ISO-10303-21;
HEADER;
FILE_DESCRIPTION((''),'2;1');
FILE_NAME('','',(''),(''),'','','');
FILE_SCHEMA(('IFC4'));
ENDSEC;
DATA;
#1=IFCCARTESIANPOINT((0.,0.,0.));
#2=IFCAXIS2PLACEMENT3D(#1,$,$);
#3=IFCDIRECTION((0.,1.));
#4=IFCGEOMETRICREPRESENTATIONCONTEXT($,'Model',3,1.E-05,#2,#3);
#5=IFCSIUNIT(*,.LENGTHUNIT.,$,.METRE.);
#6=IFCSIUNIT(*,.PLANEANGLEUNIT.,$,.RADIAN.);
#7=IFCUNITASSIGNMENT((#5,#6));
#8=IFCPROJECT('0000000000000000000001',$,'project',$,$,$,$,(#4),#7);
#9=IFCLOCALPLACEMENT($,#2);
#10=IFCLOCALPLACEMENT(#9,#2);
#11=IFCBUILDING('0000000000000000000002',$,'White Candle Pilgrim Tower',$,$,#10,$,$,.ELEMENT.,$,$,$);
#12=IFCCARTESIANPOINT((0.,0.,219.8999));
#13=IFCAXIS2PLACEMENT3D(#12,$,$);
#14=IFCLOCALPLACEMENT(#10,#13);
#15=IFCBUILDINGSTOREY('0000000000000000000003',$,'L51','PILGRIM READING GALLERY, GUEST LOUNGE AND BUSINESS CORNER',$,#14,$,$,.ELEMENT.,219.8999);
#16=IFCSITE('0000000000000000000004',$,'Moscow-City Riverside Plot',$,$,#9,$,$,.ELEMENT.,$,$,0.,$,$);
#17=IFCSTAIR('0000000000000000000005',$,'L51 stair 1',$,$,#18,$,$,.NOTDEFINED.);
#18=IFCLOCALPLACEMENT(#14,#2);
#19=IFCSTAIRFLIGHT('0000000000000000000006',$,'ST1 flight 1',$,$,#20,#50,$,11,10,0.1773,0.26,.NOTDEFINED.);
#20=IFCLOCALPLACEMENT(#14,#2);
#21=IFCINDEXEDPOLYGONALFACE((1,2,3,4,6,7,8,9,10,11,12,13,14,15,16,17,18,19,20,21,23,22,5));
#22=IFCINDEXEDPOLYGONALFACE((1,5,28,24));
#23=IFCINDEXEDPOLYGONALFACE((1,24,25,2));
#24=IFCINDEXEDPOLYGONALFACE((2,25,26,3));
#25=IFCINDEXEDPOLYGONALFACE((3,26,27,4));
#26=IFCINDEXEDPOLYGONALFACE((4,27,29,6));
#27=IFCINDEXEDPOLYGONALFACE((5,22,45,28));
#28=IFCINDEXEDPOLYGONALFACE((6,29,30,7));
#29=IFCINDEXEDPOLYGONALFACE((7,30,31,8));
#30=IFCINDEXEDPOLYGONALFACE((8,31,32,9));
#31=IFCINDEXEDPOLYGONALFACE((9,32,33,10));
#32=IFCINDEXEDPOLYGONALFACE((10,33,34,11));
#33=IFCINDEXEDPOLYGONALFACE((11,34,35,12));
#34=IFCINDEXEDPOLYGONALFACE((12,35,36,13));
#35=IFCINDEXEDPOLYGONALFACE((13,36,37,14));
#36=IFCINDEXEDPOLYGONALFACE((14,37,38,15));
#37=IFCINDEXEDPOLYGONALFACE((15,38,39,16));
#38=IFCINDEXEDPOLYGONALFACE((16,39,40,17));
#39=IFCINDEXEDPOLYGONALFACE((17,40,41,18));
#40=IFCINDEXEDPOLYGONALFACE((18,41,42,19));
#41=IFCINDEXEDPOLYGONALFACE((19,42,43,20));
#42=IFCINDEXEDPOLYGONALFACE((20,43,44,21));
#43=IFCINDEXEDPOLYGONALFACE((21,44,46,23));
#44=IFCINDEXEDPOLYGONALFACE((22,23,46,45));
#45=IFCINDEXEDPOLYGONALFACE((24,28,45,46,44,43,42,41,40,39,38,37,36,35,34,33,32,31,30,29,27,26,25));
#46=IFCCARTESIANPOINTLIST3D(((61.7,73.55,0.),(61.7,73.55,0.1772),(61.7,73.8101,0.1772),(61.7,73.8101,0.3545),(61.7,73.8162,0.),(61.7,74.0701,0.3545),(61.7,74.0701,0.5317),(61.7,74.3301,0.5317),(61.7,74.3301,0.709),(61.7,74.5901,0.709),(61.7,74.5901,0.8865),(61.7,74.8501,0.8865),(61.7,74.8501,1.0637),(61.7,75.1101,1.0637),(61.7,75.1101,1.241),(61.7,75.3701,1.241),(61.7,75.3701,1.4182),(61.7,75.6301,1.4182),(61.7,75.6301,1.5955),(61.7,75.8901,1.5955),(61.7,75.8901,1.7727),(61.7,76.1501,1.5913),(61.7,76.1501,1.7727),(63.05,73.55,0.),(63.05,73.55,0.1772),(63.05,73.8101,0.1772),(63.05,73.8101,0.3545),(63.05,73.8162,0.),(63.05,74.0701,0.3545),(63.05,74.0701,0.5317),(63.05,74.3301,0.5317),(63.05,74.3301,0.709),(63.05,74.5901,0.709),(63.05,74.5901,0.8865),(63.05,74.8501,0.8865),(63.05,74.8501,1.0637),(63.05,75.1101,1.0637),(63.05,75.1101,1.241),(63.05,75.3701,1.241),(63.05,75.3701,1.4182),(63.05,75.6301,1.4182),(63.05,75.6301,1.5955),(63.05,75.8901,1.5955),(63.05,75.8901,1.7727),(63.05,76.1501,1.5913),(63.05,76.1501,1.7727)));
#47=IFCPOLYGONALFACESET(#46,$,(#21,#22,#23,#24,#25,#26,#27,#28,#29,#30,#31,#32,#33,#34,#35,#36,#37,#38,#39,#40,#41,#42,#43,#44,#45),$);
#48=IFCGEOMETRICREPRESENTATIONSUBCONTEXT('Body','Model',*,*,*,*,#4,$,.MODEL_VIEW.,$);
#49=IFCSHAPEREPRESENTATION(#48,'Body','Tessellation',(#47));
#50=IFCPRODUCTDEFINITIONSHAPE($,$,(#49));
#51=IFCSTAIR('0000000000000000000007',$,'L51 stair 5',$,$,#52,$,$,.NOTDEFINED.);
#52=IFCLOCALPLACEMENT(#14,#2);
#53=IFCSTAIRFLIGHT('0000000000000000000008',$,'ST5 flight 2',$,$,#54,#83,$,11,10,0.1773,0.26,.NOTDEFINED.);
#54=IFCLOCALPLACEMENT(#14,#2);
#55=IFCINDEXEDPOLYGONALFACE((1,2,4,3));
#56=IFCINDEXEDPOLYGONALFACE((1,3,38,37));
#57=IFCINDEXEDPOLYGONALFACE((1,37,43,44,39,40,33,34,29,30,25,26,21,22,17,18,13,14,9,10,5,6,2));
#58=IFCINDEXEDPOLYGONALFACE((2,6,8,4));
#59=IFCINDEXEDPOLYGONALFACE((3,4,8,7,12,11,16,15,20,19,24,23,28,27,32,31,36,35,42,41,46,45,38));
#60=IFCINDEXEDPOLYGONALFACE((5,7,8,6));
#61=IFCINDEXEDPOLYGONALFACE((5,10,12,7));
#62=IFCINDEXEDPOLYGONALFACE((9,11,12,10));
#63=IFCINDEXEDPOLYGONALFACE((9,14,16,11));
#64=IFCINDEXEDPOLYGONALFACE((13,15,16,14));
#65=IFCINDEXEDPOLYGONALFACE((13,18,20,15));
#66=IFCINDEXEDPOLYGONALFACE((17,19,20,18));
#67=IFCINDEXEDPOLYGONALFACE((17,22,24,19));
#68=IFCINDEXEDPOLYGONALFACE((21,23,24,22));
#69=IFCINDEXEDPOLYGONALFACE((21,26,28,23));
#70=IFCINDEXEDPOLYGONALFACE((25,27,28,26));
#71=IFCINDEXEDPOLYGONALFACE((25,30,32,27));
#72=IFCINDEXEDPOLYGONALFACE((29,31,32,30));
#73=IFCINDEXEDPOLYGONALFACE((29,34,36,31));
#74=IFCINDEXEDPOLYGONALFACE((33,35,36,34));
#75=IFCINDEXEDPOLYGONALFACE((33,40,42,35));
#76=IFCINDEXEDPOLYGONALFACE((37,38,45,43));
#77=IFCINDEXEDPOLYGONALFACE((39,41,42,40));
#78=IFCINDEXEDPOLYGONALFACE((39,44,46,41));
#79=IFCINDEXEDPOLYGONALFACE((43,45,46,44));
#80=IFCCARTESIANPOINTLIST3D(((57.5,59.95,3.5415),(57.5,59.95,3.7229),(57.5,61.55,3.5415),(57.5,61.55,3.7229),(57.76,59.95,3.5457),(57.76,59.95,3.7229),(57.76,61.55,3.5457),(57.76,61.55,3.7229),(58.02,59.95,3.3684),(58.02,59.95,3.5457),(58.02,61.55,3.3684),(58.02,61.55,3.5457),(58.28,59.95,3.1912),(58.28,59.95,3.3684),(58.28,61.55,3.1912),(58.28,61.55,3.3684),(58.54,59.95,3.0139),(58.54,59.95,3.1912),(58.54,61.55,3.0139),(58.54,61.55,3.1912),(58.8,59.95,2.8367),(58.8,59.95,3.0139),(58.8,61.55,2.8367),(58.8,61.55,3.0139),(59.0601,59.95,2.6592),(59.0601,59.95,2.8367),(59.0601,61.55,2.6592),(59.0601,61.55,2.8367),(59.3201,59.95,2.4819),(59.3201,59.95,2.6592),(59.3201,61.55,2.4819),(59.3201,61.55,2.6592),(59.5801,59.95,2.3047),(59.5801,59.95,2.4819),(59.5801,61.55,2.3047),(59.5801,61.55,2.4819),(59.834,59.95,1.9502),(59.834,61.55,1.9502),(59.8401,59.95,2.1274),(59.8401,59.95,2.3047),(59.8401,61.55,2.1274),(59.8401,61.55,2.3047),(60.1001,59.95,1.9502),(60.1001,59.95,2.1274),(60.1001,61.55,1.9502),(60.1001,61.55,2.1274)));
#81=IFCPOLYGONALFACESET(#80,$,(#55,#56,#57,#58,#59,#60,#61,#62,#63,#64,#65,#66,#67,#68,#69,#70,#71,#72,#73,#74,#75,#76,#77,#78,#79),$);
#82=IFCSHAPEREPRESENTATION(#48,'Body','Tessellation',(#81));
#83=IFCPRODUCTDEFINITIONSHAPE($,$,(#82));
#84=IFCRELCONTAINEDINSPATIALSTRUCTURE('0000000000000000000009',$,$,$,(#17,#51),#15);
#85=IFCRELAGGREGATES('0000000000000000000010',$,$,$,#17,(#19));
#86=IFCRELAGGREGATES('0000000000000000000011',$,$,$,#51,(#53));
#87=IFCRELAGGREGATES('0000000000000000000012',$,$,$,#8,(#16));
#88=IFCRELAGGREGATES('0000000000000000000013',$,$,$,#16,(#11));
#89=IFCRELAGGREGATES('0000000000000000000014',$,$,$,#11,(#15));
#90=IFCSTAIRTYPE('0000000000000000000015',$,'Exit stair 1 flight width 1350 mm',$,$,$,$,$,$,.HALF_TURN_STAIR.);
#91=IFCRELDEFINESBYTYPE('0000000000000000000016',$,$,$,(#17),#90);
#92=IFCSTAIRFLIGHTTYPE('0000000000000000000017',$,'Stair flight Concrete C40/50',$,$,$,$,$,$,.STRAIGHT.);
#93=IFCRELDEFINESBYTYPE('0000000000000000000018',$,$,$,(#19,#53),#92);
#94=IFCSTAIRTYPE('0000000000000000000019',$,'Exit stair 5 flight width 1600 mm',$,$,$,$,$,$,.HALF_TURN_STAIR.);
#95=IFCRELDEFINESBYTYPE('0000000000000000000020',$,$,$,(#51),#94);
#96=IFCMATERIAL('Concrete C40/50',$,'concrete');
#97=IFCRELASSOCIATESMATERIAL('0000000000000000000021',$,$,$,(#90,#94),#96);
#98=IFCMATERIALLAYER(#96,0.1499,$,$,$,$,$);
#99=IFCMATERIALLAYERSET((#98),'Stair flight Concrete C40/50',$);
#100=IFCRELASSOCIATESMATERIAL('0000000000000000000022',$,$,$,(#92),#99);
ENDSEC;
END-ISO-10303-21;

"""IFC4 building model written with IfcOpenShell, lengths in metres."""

from ifc_helpers import new_model, si_unit, direction, frame, origin, place, context, subcontext, project, spatial, polyline, outline, extrude, material, layer, layer_set, type_object, element, aggregate, save


model = new_model("IFC4")

# Units and contexts
model_context = context("Model", 3, precision=1e-05, world=origin(), true_north=direction((0.0, 1.0)))
body_context = subcontext(model_context, "Body", "Model", "MODEL_VIEW")
ifc_project = project(units=[si_unit("LENGTHUNIT", "METRE"), si_unit("PLANEANGLEUNIT", "RADIAN")], contexts=[model_context])

# Site, building, storey
site_placement = place(None, origin())
site = spatial("IfcSite", under=ifc_project, at=site_placement, Name="Moscow-City Riverside Plot", CompositionType="ELEMENT", RefElevation=0.0)
building_placement = place(site_placement, origin())
building = spatial("IfcBuilding", under=site, at=building_placement, Name="White Candle Pilgrim Tower", CompositionType="ELEMENT")
storey_placement = place(building_placement, frame((0.0, 0.0, 219.8999)))
storey = spatial("IfcBuildingStorey", under=building, at=storey_placement, Name="L51", Description="PILGRIM READING GALLERY, GUEST LOUNGE AND BUSINESS CORNER", CompositionType="ELEMENT", Elevation=219.8999)

# Stairs, stair flights
ifc_material_1 = material(Name="Concrete C40/50", Category="concrete")
stair_type_1 = type_object("IfcStairType", Name="Exit stair 1 flight width 1350 mm", PredefinedType="HALF_TURN_STAIR", material=ifc_material_1)
stair_1_placement = place(storey_placement, origin())
stair_1 = element("IfcStair", 1, at=stair_1_placement, inside=storey, type_object=stair_type_1, Name="L51 stair 1", PredefinedType="NOTDEFINED")
ifc_layer_1 = layer(ifc_material_1, 0.1499)
ifc_layer_set_1 = layer_set([ifc_layer_1], Name="Stair flight Concrete C40/50")
stair_flight_type = type_object("IfcStairFlightType", Name="Stair flight Concrete C40/50", PredefinedType="STRAIGHT", material=ifc_layer_set_1)
stair_flight_1_placement = place(storey_placement, frame((62.375, 73.55, 0.0), z_axis=(0.0, 0.0, 1.0), x_axis=(0.0, 1.0, 0.0)))
stair_flight_1 = element("IfcStairFlight", 2, at=stair_flight_1_placement, type_object=stair_flight_type, Name="ST1 flight 1", NumberOfRisers=11, NumberOfTreads=10, PredefinedType="NOTDEFINED", RiserHeight=0.1773, TreadLength=0.26, context=body_context, shape_type="SweptSolid", body=[
    extrude(outline(polyline([(0.0, 0.0), (0.0, 0.1772), (0.26, 0.1772), (0.26, 0.3545), (0.52, 0.3545), (0.52, 0.5317), (0.78, 0.5317), (0.78, 0.709), (1.04, 0.709), (1.04, 0.8865), (1.3, 0.8865), (1.3, 1.0637), (1.5601, 1.0637), (1.5601, 1.241), (1.8201, 1.241), (1.8201, 1.4182), (2.0801, 1.4182), (2.0801, 1.5955), (2.3401, 1.5955), (2.3401, 1.7727), (2.6001, 1.7727), (2.6001, 1.95), (2.6001, 1.5913), (0.2661, 0.0), (0.0, 0.0)])), frame((0.0, 0.675, 0.0), z_axis=(0.0, -1.0, 0.0), x_axis=(1.0, 0.0, 0.0)), (0.0, 0.0, 1.0), 1.3501),
])
aggregate(stair_1, [stair_flight_1])
stair_type_2 = type_object("IfcStairType", Name="Exit stair 5 flight width 1600 mm", PredefinedType="HALF_TURN_STAIR", material=ifc_material_1)
stair_2_placement = place(storey_placement, origin())
stair_2 = element("IfcStair", 3, at=stair_2_placement, inside=storey, type_object=stair_type_2, Name="L51 stair 5", PredefinedType="NOTDEFINED")
stair_flight_2_placement = place(storey_placement, frame((60.1001, 60.75, 1.9502), z_axis=(0.0, 0.0, 1.0), x_axis=(-1.0, 0.0, 0.0)))
stair_flight_2 = element("IfcStairFlight", 4, at=stair_flight_2_placement, type_object=stair_flight_type, Name="ST5 flight 2", NumberOfRisers=11, NumberOfTreads=10, PredefinedType="NOTDEFINED", RiserHeight=0.1773, TreadLength=0.26, context=body_context, shape_type="SweptSolid", body=[
    extrude(outline(polyline([(0.0, 0.0), (0.0, 0.1772), (0.26, 0.1772), (0.26, 0.3545), (0.52, 0.3545), (0.52, 0.5317), (0.78, 0.5317), (0.78, 0.709), (1.04, 0.709), (1.04, 0.8865), (1.3, 0.8865), (1.3, 1.0637), (1.5601, 1.0637), (1.5601, 1.241), (1.8201, 1.241), (1.8201, 1.4182), (2.0801, 1.4182), (2.0801, 1.5955), (2.3401, 1.5955), (2.3401, 1.7727), (2.6001, 1.7727), (2.6001, 1.95), (2.6001, 1.5913), (0.2661, 0.0), (0.0, 0.0)])), frame((0.0, 0.8, 0.0), z_axis=(0.0, -1.0, 0.0), x_axis=(1.0, 0.0, 0.0)), (0.0, 0.0, 1.0), 1.6001),
])
aggregate(stair_2, [stair_flight_2])

save(model, "model.ifc")
